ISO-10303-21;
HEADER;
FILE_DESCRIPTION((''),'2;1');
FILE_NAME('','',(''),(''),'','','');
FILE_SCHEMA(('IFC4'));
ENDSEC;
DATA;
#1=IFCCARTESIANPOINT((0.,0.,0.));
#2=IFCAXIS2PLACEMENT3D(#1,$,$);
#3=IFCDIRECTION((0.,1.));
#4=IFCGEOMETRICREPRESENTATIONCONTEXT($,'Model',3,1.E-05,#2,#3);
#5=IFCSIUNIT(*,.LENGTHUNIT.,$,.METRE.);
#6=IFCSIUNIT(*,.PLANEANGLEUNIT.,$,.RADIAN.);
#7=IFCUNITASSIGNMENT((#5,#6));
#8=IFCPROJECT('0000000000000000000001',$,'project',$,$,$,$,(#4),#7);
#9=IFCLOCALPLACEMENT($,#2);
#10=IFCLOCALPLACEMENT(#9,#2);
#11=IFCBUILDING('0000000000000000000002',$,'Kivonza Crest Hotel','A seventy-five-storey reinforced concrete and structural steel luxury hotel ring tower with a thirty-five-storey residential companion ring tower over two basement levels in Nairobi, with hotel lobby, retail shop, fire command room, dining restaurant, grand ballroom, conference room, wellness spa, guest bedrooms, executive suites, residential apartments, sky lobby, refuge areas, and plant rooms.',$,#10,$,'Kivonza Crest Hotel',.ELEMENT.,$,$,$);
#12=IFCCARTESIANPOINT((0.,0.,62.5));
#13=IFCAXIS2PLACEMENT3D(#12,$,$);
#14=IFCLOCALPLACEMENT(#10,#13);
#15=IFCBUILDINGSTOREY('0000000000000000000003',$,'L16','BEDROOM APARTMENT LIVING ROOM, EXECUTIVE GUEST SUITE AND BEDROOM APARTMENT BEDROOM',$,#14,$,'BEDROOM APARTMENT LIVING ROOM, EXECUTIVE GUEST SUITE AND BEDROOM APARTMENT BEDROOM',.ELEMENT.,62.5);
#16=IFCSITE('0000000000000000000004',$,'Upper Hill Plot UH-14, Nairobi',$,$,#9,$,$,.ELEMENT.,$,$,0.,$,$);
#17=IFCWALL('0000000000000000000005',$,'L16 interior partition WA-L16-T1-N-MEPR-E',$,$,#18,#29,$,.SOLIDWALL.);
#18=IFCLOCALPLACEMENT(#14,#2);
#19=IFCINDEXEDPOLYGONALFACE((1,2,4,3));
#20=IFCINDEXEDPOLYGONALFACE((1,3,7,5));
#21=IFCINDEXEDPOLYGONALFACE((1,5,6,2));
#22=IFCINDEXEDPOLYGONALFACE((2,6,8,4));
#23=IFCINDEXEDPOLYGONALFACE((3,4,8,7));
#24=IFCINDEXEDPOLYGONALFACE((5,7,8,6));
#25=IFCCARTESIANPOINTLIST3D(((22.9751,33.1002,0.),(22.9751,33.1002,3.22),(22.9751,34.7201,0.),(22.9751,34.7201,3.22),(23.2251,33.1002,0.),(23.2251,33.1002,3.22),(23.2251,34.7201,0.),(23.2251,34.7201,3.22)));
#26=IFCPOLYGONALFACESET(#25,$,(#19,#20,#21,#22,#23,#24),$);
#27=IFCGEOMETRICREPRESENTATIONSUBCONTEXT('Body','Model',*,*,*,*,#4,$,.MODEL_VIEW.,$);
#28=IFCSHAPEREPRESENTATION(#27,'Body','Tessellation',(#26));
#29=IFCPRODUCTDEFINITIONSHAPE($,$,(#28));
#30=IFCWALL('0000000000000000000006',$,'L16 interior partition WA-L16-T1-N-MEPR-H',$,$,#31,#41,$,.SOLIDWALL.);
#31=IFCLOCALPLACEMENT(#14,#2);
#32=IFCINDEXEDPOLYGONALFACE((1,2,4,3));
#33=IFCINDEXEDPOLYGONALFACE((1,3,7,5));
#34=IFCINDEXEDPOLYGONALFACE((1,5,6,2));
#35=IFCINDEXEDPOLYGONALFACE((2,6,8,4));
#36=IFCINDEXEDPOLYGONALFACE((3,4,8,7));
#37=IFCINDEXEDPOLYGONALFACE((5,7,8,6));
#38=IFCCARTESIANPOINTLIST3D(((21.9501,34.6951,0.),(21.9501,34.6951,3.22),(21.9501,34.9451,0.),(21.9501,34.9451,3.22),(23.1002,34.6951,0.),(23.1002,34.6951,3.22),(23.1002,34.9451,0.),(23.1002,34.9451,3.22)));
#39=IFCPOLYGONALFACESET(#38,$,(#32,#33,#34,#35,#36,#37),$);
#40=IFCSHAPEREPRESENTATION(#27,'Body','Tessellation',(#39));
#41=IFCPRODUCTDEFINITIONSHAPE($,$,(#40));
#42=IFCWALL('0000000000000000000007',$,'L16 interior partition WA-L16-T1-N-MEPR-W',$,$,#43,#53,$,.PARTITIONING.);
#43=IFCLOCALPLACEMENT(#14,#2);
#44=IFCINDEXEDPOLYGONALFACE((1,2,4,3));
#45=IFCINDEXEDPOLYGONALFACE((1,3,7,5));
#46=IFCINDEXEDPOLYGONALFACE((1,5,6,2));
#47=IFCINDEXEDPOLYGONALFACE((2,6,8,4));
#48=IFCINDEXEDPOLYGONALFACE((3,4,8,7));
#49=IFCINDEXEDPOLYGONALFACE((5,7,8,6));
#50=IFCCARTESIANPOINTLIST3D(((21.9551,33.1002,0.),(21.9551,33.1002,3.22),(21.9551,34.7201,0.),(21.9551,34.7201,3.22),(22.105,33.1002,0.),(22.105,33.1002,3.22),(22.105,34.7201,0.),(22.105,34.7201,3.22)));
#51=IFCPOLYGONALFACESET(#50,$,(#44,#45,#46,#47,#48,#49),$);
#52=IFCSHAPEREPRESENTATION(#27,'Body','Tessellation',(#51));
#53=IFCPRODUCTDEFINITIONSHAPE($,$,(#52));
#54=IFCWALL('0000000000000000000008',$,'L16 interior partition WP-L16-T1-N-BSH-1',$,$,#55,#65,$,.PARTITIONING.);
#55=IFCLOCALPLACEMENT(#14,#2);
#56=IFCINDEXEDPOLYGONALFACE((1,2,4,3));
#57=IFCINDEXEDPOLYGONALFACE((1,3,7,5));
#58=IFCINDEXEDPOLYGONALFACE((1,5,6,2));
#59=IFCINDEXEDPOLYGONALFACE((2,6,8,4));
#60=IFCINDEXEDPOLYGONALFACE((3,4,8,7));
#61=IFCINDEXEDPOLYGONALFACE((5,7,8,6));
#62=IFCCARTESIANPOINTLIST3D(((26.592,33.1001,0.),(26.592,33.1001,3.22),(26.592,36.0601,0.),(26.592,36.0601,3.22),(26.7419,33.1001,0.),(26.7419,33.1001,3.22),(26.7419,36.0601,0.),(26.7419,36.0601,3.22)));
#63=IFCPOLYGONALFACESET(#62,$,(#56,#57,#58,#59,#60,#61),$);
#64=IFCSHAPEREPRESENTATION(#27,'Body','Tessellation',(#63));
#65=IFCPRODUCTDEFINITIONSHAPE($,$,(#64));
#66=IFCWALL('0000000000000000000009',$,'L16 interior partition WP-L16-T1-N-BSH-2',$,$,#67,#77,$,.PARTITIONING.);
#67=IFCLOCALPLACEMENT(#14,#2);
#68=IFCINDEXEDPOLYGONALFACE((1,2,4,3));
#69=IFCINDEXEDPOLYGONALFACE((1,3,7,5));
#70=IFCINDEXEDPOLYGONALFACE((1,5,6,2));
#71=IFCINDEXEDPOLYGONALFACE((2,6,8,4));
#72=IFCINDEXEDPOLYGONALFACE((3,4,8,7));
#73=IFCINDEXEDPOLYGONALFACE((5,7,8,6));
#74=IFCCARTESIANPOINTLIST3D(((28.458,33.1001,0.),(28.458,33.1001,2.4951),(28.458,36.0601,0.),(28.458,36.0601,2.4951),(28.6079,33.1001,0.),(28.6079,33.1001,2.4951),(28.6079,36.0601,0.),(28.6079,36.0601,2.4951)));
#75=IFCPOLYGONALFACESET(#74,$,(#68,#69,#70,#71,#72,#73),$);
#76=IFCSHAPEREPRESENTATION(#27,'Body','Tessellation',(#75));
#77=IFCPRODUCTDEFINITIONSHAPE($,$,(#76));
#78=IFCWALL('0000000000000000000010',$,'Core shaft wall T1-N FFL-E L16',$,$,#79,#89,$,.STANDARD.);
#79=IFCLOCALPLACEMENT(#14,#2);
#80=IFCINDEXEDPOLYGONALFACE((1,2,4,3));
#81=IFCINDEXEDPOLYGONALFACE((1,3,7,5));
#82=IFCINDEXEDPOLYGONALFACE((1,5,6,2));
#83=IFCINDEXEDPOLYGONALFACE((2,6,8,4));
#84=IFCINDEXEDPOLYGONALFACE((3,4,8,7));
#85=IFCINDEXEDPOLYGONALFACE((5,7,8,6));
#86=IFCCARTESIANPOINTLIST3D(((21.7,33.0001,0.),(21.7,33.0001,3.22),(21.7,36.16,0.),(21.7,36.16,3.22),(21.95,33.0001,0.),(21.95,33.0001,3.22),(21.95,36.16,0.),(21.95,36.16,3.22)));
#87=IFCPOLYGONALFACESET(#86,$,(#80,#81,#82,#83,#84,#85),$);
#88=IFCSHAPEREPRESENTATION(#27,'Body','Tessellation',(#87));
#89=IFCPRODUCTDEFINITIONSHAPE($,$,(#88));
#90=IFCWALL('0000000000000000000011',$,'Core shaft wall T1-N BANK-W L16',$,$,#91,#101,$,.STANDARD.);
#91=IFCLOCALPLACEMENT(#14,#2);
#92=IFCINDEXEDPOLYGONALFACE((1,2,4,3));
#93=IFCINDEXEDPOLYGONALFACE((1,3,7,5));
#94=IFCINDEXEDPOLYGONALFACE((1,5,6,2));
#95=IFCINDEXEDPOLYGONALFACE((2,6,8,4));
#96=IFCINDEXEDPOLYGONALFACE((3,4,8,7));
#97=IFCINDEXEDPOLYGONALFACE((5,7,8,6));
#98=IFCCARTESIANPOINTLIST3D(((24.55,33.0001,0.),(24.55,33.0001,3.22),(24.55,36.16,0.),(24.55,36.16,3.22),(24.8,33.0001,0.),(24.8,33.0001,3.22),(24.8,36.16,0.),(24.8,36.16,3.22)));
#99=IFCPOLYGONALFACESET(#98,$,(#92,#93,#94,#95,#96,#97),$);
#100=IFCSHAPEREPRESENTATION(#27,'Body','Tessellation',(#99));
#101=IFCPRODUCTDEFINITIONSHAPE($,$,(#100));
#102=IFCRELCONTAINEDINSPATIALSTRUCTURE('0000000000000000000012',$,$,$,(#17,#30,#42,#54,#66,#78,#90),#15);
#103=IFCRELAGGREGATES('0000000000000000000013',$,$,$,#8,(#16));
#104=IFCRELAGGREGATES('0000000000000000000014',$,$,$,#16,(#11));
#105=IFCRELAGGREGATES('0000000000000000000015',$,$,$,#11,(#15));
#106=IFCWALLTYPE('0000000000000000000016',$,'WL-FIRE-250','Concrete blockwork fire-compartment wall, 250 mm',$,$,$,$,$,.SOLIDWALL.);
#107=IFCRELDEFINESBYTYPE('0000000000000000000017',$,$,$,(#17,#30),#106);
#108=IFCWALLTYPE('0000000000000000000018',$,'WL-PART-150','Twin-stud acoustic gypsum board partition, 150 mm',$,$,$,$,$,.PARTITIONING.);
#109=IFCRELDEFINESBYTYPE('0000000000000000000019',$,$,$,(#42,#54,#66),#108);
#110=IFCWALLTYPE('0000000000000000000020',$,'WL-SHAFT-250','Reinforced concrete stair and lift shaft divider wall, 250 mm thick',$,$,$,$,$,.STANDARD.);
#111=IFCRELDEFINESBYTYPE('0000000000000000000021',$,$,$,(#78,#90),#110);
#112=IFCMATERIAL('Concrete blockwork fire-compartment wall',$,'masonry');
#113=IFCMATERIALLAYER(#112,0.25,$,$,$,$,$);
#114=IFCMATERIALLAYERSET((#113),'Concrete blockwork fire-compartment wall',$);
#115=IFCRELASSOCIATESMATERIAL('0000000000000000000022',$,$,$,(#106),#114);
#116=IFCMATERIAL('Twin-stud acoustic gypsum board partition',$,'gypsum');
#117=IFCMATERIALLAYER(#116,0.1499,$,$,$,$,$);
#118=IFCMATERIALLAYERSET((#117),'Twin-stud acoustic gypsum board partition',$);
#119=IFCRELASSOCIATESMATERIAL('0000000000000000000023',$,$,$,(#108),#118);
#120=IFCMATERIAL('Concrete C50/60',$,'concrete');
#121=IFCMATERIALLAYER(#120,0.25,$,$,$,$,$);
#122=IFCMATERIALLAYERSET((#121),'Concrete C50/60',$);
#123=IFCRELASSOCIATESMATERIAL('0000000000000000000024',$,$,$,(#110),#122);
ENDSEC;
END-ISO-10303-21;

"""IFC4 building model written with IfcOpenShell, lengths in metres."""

from ifc_helpers import new_model, si_unit, direction, frame, frame_2d, origin, place, context, subcontext, project, spatial, rectangle, extrude, material, layer, layer_set, type_object, element, save


model = new_model("IFC4")

# Units and contexts
model_context = context("Model", 3, precision=1e-05, world=origin(), true_north=direction((0.0, 1.0)))
body_context = subcontext(model_context, "Body", "Model", "MODEL_VIEW")
ifc_project = project(units=[si_unit("LENGTHUNIT", "METRE"), si_unit("PLANEANGLEUNIT", "RADIAN")], contexts=[model_context])

# Site, building, storey
site_placement = place(None, origin())
site = spatial("IfcSite", under=ifc_project, at=site_placement, Name="Upper Hill Plot UH-14, Nairobi", CompositionType="ELEMENT", RefElevation=0.0)
building_placement = place(site_placement, origin())
building = spatial("IfcBuilding", under=site, at=building_placement, Name="Kivonza Crest Hotel", Description="A seventy-five-storey reinforced concrete and structural steel luxury hotel ring tower with a thirty-five-storey residential companion ring tower over two basement levels in Nairobi, with hotel lobby, retail shop, fire command room, dining restaurant, grand ballroom, conference room, wellness spa, guest bedrooms, executive suites, residential apartments, sky lobby, refuge areas, and plant rooms.", LongName="Kivonza Crest Hotel", CompositionType="ELEMENT")
storey_placement = place(building_placement, frame((0.0, 0.0, 62.5)))
storey = spatial("IfcBuildingStorey", under=building, at=storey_placement, Name="L16", Description="BEDROOM APARTMENT LIVING ROOM, EXECUTIVE GUEST SUITE AND BEDROOM APARTMENT BEDROOM", LongName="BEDROOM APARTMENT LIVING ROOM, EXECUTIVE GUEST SUITE AND BEDROOM APARTMENT BEDROOM", CompositionType="ELEMENT", Elevation=62.5)

# Walls
ifc_material_1 = material(Name="Concrete blockwork fire-compartment wall", Category="masonry")
ifc_layer_1 = layer(ifc_material_1, 0.25)
ifc_layer_set_1 = layer_set([ifc_layer_1], Name="Concrete blockwork fire-compartment wall")
wall_type_1 = type_object("IfcWallType", Name="WL-FIRE-250", Description="Concrete blockwork fire-compartment wall, 250 mm", PredefinedType="SOLIDWALL", material=ifc_layer_set_1)
wall_1_placement = place(storey_placement, frame((23.1001, 33.1001, 0.0), z_axis=(0.0, 0.0, 1.0), x_axis=(0.0, 1.0, 0.0)))
element("IfcWall", 1, at=wall_1_placement, inside=storey, type_object=wall_type_1, Name="L16 interior partition WA-L16-T1-N-MEPR-E", PredefinedType="SOLIDWALL", context=body_context, shape_type="SweptSolid", body=[
    extrude(rectangle(XDim=1.6199, YDim=0.25, at=frame_2d((0.8101, 0.0))), origin(), (0.0, 0.0, 1.0), 3.22),
])
wall_2_placement = place(storey_placement, frame((21.95, 34.8201, 0.0), z_axis=(0.0, 0.0, 1.0), x_axis=(1.0, 0.0, 0.0)))
element("IfcWall", 2, at=wall_2_placement, inside=storey, type_object=wall_type_1, Name="L16 interior partition WA-L16-T1-N-MEPR-H", PredefinedType="SOLIDWALL", context=body_context, shape_type="SweptSolid", body=[
    extrude(rectangle(XDim=1.1501, YDim=0.25, at=frame_2d((0.5752, 0.0))), origin(), (0.0, 0.0, 1.0), 3.22),
])
ifc_material_2 = material(Name="Twin-stud acoustic gypsum board partition", Category="gypsum")
ifc_layer_2 = layer(ifc_material_2, 0.1499)
ifc_layer_set_2 = layer_set([ifc_layer_2], Name="Twin-stud acoustic gypsum board partition")
wall_type_2 = type_object("IfcWallType", Name="WL-PART-150", Description="Twin-stud acoustic gypsum board partition, 150 mm", PredefinedType="PARTITIONING", material=ifc_layer_set_2)
wall_3_placement = place(storey_placement, frame((22.03, 33.1001, 0.0), z_axis=(0.0, 0.0, 1.0), x_axis=(0.0, 1.0, 0.0)))
element("IfcWall", 3, at=wall_3_placement, inside=storey, type_object=wall_type_2, Name="L16 interior partition WA-L16-T1-N-MEPR-W", PredefinedType="PARTITIONING", context=body_context, shape_type="SweptSolid", body=[
    extrude(rectangle(XDim=1.6199, YDim=0.1499, at=frame_2d((0.8101, 0.0))), origin(), (0.0, 0.0, 1.0), 3.22),
])
wall_4_placement = place(storey_placement, frame((26.667, 33.1001, 0.0), z_axis=(0.0, 0.0, 1.0), x_axis=(0.0, 1.0, 0.0)))
element("IfcWall", 4, at=wall_4_placement, inside=storey, type_object=wall_type_2, Name="L16 interior partition WP-L16-T1-N-BSH-1", PredefinedType="PARTITIONING", context=body_context, shape_type="SweptSolid", body=[
    extrude(rectangle(XDim=2.96, YDim=0.1499, at=frame_2d((1.48, 0.0))), origin(), (0.0, 0.0, 1.0), 3.22),
])
wall_5_placement = place(storey_placement, frame((28.533, 33.1001, 0.0), z_axis=(0.0, 0.0, 1.0), x_axis=(0.0, 1.0, 0.0)))
element("IfcWall", 5, at=wall_5_placement, inside=storey, type_object=wall_type_2, Name="L16 interior partition WP-L16-T1-N-BSH-2", PredefinedType="PARTITIONING", context=body_context, shape_type="SweptSolid", body=[
    extrude(rectangle(XDim=2.96, YDim=0.1499, at=frame_2d((1.48, 0.0))), origin(), (0.0, 0.0, 1.0), 2.4951),
])

# Shared definitions
ifc_material_3 = material(Name="Concrete C50/60", Category="concrete")
ifc_layer_3 = layer(ifc_material_3, 0.25)
ifc_layer_set_3 = layer_set([ifc_layer_3], Name="Concrete C50/60")
wall_type_3 = type_object("IfcWallType", Name="WL-SHAFT-250", Description="Reinforced concrete stair and lift shaft divider wall, 250 mm thick", PredefinedType="STANDARD", material=ifc_layer_set_3)

# Walls
for number, where, z_axis, x_axis, name in (
    (6, (21.825, 33.0, 0.0), (0.0, 0.0, 1.0), (0.0, 1.0, 0.0), "Core shaft wall T1-N FFL-E L16"),
    (7, (24.675, 33.0, 0.0), (0.0, 0.0, 1.0), (0.0, 1.0, 0.0), "Core shaft wall T1-N BANK-W L16"),
):
    element("IfcWall", number, at=place(storey_placement, frame(where, z_axis=z_axis, x_axis=x_axis)), inside=storey, type_object=wall_type_3, Name=name, PredefinedType="STANDARD", context=body_context, shape_type="SweptSolid", body=[
        extrude(rectangle(XDim=3.1599, YDim=0.25, at=frame_2d((1.5801, 0.0))), origin(), (0.0, 0.0, 1.0), 3.22),
    ])

save(model, "model.ifc")
